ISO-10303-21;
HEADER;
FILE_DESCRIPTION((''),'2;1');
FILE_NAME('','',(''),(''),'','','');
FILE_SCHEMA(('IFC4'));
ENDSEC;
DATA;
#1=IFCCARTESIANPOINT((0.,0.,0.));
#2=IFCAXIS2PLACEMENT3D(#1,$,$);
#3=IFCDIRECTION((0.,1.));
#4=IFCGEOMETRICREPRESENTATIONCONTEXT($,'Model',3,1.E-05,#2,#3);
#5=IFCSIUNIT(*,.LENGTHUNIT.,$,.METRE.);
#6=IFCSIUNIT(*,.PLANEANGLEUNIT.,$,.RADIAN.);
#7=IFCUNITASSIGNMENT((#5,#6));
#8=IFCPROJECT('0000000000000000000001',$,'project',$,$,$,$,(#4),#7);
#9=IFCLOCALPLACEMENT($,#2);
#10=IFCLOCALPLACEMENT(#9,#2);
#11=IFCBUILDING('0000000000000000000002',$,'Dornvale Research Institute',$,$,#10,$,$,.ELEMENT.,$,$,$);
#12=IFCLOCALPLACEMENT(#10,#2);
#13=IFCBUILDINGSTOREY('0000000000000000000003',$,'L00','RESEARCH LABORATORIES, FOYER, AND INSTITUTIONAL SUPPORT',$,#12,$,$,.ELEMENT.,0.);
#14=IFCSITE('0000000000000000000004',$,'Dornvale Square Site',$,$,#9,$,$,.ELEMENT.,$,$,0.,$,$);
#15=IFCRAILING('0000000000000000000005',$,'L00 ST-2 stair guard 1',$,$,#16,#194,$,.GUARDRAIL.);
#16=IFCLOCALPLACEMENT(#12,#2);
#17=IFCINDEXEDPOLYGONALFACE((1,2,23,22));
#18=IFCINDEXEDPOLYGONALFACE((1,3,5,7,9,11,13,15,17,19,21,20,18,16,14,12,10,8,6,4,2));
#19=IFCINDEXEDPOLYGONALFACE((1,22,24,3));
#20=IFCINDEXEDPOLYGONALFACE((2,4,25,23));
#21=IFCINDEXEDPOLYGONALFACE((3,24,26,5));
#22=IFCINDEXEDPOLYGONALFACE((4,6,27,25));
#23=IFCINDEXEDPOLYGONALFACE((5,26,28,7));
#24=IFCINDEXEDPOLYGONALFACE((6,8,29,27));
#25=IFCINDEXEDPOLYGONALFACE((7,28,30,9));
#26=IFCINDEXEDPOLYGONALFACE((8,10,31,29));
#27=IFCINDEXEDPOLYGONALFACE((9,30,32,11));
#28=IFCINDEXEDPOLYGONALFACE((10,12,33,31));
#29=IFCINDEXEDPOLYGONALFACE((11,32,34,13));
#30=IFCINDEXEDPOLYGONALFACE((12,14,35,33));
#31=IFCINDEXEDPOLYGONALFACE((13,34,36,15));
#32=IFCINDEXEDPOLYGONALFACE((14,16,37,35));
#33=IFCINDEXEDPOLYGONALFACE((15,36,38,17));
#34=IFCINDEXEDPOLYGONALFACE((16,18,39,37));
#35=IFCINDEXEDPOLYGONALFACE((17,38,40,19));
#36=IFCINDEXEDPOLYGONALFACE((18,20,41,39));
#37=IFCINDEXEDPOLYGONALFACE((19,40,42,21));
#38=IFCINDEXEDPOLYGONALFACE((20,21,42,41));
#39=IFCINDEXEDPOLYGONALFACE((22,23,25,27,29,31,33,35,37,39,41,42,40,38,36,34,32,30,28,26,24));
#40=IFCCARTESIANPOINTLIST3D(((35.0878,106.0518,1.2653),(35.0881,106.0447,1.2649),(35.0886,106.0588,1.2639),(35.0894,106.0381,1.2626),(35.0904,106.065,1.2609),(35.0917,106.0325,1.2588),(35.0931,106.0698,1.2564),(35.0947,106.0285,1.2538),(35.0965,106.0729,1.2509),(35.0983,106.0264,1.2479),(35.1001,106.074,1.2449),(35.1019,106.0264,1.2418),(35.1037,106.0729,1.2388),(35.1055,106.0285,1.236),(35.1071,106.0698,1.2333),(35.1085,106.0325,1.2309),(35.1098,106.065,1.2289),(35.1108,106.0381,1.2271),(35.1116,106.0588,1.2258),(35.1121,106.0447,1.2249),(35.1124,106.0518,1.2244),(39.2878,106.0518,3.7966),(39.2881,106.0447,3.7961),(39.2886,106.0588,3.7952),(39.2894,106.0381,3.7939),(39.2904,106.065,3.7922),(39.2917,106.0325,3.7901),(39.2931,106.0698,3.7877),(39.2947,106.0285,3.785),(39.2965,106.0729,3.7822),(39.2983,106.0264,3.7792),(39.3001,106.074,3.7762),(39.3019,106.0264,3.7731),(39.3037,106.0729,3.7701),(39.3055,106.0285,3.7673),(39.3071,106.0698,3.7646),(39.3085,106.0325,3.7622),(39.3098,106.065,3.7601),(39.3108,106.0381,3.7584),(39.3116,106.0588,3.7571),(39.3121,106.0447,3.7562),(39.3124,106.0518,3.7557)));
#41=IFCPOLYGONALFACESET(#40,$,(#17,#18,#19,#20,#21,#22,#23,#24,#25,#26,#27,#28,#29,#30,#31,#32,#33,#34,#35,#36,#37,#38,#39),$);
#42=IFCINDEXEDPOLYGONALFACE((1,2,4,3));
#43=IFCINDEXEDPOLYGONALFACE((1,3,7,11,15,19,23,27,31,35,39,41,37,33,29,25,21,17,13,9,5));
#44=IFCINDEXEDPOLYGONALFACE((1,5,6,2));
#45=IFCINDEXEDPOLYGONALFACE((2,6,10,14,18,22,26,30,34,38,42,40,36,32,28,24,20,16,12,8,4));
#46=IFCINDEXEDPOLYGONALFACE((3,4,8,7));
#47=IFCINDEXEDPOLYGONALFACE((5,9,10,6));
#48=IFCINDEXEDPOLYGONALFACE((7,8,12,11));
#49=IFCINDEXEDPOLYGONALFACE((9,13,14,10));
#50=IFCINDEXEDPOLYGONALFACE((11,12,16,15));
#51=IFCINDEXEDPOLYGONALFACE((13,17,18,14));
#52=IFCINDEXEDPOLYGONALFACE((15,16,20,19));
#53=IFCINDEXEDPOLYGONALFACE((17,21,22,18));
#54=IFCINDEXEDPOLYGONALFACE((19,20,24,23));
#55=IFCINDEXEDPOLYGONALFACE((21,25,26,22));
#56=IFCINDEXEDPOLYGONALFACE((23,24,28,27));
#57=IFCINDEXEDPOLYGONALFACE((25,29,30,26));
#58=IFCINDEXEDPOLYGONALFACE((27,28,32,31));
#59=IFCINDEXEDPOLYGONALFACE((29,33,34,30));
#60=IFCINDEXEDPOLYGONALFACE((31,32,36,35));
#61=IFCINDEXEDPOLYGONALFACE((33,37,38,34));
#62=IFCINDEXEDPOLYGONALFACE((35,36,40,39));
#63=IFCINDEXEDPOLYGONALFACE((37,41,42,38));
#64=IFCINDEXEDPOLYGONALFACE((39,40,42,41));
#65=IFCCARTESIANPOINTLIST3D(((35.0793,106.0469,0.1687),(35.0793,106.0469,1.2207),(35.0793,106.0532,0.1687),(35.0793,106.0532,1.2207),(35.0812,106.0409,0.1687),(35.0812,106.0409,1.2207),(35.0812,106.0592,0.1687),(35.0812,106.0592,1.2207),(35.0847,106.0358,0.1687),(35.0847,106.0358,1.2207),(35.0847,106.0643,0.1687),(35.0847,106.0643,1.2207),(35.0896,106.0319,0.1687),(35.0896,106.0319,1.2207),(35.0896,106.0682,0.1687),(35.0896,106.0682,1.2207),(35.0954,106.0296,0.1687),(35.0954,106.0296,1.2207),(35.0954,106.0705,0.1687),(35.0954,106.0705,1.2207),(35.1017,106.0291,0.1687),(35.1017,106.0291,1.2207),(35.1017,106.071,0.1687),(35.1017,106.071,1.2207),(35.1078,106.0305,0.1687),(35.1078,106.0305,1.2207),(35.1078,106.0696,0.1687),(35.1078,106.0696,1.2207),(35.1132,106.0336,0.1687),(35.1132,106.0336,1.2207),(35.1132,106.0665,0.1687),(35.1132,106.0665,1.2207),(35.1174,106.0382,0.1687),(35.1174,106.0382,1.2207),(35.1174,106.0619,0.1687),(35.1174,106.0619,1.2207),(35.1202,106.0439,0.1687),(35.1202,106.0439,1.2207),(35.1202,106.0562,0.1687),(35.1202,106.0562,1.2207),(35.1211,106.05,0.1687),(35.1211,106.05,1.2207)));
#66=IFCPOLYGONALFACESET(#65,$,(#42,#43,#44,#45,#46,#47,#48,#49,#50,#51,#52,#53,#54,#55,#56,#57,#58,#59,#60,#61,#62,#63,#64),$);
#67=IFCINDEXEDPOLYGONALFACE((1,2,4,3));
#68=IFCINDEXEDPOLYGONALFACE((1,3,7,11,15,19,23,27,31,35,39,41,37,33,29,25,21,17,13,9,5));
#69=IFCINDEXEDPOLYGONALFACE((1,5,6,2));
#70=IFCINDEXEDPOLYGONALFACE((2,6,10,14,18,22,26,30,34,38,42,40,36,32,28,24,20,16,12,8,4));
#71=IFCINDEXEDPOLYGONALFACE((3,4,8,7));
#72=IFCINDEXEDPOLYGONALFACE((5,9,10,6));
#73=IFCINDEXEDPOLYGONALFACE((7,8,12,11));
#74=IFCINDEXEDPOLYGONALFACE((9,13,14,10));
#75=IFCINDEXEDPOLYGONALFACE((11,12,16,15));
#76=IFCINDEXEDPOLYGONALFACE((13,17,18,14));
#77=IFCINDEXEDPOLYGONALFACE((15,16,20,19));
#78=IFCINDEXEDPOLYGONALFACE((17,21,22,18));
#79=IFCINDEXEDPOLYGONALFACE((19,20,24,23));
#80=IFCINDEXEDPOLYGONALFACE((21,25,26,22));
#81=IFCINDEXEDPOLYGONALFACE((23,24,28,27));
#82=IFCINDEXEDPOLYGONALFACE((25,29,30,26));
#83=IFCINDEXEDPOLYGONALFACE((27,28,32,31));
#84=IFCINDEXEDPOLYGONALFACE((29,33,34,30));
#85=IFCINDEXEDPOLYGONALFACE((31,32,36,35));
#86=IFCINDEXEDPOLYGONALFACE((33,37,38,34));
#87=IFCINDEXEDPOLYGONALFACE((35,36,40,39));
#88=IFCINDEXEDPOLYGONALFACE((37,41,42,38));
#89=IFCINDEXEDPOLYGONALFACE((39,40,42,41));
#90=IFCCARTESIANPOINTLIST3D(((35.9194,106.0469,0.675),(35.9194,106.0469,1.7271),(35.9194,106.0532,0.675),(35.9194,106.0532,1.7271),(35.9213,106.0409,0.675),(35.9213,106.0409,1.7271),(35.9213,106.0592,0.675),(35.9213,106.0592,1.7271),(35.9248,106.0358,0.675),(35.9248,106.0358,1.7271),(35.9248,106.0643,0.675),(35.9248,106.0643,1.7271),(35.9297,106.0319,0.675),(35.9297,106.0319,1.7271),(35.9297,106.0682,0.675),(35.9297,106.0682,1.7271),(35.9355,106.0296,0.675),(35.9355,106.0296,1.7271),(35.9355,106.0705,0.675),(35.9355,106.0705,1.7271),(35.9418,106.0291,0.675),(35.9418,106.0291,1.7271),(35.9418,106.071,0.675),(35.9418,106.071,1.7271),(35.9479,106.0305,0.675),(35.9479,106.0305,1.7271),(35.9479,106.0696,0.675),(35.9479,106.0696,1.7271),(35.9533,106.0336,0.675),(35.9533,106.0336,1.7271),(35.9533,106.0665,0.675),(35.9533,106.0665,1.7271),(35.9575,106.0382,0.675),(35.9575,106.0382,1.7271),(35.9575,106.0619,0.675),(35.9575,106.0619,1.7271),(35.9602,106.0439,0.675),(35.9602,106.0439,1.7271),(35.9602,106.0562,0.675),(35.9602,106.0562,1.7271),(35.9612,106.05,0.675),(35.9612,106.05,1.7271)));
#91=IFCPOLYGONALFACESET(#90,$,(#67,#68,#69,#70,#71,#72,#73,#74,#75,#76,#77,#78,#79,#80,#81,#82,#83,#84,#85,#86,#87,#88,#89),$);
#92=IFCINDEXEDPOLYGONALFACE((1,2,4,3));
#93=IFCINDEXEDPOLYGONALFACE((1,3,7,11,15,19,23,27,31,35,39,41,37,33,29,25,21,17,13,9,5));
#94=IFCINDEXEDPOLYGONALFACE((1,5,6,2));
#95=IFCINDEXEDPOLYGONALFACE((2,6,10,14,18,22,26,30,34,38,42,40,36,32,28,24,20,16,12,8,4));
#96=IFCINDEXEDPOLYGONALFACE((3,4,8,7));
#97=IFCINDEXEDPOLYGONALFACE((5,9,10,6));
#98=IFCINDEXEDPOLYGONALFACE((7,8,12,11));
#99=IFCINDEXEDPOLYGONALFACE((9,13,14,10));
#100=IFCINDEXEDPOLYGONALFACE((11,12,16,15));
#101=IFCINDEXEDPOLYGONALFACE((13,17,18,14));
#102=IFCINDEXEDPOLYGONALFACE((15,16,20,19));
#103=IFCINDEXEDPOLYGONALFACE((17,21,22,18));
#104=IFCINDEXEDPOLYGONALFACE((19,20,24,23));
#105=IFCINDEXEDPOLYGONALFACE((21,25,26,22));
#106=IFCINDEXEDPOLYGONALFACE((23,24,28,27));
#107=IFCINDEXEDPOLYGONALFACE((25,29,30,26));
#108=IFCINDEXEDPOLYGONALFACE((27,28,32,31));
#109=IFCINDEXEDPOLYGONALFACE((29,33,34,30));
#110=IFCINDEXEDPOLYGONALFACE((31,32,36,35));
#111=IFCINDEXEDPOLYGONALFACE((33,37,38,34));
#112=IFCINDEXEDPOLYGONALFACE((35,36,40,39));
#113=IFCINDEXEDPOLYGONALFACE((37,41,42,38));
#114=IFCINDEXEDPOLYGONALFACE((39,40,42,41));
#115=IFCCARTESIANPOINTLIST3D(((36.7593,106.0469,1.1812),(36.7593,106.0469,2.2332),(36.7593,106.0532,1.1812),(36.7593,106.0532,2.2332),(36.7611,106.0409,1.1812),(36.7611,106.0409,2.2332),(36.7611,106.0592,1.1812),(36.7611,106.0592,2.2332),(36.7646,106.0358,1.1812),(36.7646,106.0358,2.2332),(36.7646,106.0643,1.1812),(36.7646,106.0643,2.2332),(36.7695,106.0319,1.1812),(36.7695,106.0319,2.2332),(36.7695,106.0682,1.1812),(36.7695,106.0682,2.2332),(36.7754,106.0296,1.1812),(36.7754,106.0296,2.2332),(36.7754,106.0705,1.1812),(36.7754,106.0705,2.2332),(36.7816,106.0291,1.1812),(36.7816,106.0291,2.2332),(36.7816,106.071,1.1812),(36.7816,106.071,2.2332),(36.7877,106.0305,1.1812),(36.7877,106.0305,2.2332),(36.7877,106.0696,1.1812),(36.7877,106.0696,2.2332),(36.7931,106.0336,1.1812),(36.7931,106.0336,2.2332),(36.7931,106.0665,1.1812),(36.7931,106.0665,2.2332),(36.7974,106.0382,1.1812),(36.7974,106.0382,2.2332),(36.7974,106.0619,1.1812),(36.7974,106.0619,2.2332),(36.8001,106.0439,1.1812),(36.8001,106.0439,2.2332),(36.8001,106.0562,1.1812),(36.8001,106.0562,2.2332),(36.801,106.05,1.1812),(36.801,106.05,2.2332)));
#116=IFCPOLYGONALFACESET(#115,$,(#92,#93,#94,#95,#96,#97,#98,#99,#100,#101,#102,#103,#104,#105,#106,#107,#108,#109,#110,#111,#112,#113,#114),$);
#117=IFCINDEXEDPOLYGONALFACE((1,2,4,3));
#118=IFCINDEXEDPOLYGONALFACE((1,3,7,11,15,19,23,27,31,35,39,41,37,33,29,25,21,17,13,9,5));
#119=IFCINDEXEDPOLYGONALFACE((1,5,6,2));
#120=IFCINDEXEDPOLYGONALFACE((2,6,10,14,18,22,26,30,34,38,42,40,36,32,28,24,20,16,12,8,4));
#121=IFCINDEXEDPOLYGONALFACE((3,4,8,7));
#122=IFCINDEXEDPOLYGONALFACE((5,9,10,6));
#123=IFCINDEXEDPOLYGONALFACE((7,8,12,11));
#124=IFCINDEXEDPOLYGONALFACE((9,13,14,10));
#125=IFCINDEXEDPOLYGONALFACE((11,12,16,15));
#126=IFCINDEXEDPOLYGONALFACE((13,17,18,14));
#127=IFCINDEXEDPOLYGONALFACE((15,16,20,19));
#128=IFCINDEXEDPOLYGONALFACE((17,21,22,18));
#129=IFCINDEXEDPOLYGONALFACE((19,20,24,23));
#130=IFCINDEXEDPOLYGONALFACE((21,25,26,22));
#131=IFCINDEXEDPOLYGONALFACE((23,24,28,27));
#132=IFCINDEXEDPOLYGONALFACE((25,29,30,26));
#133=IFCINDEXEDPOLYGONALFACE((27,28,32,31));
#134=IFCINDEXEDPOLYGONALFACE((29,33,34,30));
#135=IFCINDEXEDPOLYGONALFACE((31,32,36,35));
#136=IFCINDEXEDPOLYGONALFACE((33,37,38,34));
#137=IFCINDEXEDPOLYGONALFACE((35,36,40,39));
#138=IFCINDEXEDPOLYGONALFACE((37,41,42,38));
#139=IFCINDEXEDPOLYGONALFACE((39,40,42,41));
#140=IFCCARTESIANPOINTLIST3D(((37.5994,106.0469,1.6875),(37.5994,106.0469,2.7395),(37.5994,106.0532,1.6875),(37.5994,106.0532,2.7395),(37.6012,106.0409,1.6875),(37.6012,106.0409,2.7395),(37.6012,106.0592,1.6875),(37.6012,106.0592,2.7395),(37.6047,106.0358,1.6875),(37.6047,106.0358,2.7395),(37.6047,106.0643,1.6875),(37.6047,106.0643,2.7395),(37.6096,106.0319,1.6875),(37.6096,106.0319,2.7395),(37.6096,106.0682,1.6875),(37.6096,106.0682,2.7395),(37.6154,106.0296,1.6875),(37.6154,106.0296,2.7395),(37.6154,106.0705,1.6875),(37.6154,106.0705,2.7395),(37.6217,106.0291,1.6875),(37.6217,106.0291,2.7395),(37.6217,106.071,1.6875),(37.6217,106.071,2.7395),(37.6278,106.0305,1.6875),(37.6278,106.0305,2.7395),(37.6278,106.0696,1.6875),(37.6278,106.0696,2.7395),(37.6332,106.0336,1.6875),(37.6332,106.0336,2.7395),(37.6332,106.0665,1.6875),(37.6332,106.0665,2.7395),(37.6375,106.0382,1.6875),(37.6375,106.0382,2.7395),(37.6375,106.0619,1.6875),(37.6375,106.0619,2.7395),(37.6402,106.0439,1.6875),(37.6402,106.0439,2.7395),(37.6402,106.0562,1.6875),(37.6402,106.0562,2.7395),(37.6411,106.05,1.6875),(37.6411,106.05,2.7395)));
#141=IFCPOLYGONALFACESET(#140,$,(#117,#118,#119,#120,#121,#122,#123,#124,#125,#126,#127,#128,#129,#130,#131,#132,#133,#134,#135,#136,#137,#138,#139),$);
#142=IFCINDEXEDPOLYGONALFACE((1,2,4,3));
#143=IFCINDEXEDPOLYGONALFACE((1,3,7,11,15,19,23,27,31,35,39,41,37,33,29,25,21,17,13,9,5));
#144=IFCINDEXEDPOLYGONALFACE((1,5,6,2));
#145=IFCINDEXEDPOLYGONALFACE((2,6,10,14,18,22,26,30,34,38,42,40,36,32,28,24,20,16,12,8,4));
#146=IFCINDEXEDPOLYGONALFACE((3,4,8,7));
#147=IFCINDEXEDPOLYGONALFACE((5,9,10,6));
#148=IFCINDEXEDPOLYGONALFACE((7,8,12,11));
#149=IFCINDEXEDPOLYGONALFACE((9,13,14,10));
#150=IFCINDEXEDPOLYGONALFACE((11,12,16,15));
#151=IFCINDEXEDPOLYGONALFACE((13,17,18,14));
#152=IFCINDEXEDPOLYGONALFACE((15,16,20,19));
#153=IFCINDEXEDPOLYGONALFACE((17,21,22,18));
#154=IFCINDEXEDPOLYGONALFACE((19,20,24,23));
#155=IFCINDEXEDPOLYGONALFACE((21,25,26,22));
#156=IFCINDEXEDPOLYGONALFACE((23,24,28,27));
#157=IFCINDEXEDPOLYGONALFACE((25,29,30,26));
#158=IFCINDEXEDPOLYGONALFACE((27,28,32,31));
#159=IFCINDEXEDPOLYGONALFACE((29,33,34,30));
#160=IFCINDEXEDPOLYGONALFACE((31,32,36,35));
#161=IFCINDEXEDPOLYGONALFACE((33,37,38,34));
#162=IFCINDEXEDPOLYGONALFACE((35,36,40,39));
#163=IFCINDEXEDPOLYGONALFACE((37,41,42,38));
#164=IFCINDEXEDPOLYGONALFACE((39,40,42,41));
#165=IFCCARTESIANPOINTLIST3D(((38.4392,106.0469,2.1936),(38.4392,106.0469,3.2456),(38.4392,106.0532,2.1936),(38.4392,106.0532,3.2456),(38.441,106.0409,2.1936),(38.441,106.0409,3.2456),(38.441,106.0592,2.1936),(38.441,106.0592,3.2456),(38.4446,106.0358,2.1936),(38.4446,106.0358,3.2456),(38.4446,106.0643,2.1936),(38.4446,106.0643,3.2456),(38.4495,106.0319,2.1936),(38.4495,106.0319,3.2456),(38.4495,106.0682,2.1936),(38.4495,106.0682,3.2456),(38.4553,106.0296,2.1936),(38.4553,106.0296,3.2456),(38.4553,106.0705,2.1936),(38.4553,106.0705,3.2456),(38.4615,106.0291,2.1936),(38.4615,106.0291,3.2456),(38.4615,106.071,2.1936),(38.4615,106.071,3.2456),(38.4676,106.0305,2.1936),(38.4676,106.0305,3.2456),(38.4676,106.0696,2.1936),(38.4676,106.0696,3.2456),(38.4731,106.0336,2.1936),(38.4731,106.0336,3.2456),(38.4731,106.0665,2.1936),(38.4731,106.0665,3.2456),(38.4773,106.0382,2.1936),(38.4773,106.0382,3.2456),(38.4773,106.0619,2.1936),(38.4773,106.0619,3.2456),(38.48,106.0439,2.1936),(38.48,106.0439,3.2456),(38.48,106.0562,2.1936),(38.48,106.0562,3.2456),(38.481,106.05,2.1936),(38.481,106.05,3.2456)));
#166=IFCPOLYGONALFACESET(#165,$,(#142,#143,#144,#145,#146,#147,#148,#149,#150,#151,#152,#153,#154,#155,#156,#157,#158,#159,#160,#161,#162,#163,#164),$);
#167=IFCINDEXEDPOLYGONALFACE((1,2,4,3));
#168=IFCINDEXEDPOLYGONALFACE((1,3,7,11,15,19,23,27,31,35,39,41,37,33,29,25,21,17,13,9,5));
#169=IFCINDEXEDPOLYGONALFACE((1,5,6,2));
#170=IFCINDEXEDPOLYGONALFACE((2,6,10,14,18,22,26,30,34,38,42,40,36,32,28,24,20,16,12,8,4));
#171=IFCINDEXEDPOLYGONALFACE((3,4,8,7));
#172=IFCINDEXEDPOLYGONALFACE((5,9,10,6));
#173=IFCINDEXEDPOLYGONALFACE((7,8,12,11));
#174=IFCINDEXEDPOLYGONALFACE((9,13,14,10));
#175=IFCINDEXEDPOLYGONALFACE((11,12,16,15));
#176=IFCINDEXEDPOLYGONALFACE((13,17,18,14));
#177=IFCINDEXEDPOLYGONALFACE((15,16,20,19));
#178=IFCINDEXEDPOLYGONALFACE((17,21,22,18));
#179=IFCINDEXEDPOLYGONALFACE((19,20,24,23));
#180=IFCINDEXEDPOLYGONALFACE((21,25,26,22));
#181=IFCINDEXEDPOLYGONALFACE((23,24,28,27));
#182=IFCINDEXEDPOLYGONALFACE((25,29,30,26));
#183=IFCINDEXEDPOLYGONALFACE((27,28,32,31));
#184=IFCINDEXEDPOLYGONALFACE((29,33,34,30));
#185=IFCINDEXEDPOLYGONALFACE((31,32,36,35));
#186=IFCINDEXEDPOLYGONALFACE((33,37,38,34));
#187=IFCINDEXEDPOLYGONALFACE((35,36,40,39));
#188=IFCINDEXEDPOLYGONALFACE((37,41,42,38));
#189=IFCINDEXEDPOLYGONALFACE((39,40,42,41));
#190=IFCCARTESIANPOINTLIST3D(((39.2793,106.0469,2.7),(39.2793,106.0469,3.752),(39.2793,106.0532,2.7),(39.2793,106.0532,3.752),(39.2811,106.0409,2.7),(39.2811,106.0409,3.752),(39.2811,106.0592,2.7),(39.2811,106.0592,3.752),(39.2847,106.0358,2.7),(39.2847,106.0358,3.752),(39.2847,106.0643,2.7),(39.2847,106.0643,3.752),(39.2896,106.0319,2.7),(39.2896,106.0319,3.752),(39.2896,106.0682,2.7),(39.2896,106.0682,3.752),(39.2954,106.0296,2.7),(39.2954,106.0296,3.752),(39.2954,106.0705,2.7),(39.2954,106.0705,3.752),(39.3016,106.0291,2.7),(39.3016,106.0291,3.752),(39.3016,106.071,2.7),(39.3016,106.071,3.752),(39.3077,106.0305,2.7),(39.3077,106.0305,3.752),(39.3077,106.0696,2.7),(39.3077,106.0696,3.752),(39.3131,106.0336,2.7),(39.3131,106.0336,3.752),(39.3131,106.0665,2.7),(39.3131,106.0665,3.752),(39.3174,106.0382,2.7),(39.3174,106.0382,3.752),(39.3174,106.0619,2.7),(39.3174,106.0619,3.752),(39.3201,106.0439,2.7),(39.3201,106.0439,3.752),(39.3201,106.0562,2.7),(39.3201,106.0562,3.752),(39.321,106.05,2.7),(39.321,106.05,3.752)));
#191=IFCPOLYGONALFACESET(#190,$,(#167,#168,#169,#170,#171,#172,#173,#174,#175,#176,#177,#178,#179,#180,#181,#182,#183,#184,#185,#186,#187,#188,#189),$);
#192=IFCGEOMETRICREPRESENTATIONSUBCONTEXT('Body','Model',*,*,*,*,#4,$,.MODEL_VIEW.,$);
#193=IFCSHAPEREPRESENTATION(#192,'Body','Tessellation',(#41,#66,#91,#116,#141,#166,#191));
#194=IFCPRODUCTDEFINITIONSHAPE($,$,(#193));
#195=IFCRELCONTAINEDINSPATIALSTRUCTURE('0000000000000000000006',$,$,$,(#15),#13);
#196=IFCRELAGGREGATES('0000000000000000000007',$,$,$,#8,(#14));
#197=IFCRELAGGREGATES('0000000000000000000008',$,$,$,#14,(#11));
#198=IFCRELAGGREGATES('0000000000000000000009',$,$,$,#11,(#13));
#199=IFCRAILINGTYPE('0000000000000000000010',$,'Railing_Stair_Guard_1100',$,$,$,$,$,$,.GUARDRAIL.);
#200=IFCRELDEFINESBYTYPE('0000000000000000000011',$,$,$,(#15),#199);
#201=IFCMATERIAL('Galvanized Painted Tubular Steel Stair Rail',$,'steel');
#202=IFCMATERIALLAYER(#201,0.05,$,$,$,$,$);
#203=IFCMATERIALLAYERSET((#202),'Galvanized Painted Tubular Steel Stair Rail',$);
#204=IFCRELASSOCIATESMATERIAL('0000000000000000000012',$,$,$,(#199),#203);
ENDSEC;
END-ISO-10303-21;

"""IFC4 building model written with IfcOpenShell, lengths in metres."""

from ifc_helpers import new_model, si_unit, direction, frame, origin, origin_2d, place, context, subcontext, project, spatial, circle, extrude, material, layer, layer_set, type_object, element, save


model = new_model("IFC4")

# Units and contexts
model_context = context("Model", 3, precision=1e-05, world=origin(), true_north=direction((0.0, 1.0)))
body_context = subcontext(model_context, "Body", "Model", "MODEL_VIEW")
ifc_project = project(units=[si_unit("LENGTHUNIT", "METRE"), si_unit("PLANEANGLEUNIT", "RADIAN")], contexts=[model_context])

# Site, building, storey
site_placement = place(None, origin())
site = spatial("IfcSite", under=ifc_project, at=site_placement, Name="Dornvale Square Site", CompositionType="ELEMENT", RefElevation=0.0)
building_placement = place(site_placement, origin())
building = spatial("IfcBuilding", under=site, at=building_placement, Name="Dornvale Research Institute", CompositionType="ELEMENT")
storey_placement = place(building_placement, origin())
storey = spatial("IfcBuildingStorey", under=building, at=storey_placement, Name="L00", Description="RESEARCH LABORATORIES, FOYER, AND INSTITUTIONAL SUPPORT", CompositionType="ELEMENT", Elevation=0.0)

# Railing
ifc_material_1 = material(Name="Galvanized Painted Tubular Steel Stair Rail", Category="steel")
ifc_layer_1 = layer(ifc_material_1, 0.05)
ifc_layer_set_1 = layer_set([ifc_layer_1], Name="Galvanized Painted Tubular Steel Stair Rail")
railing_type = type_object("IfcRailingType", Name="Railing_Stair_Guard_1100", PredefinedType="GUARDRAIL", material=ifc_layer_set_1)
railing_1_placement = place(storey_placement, frame((35.1001, 106.05, 0.1687)))
element("IfcRailing", 1, at=railing_1_placement, inside=storey, type_object=railing_type, Name="L00 ST-2 stair guard 1", PredefinedType="GUARDRAIL", context=body_context, shape_type="SweptSolid", body=[
    extrude(circle(Radius=0.0239, at=origin_2d()), frame((0.0, 0.0, 1.0762), z_axis=(0.856476, 0.0, 0.516186), x_axis=(0.0, 1.0, 0.0)), (0.0, 0.0, 1.0), 4.9038),
    extrude(circle(Radius=0.021, at=origin_2d()), origin(), (0.0, 0.0, 1.0), 1.052),
    extrude(circle(Radius=0.021, at=origin_2d()), frame((0.8401, 0.0, 0.5063)), (0.0, 0.0, 1.0), 1.052),
    extrude(circle(Radius=0.021, at=origin_2d()), frame((1.6799, 0.0, 1.0125)), (0.0, 0.0, 1.0), 1.052),
    extrude(circle(Radius=0.021, at=origin_2d()), frame((2.52, 0.0, 1.5188)), (0.0, 0.0, 1.0), 1.052),
    extrude(circle(Radius=0.021, at=origin_2d()), frame((3.3599, 0.0, 2.0249)), (0.0, 0.0, 1.0), 1.052),
    extrude(circle(Radius=0.021, at=origin_2d()), frame((4.2, 0.0, 2.5312)), (0.0, 0.0, 1.0), 1.052),
])

save(model, "model.ifc")
